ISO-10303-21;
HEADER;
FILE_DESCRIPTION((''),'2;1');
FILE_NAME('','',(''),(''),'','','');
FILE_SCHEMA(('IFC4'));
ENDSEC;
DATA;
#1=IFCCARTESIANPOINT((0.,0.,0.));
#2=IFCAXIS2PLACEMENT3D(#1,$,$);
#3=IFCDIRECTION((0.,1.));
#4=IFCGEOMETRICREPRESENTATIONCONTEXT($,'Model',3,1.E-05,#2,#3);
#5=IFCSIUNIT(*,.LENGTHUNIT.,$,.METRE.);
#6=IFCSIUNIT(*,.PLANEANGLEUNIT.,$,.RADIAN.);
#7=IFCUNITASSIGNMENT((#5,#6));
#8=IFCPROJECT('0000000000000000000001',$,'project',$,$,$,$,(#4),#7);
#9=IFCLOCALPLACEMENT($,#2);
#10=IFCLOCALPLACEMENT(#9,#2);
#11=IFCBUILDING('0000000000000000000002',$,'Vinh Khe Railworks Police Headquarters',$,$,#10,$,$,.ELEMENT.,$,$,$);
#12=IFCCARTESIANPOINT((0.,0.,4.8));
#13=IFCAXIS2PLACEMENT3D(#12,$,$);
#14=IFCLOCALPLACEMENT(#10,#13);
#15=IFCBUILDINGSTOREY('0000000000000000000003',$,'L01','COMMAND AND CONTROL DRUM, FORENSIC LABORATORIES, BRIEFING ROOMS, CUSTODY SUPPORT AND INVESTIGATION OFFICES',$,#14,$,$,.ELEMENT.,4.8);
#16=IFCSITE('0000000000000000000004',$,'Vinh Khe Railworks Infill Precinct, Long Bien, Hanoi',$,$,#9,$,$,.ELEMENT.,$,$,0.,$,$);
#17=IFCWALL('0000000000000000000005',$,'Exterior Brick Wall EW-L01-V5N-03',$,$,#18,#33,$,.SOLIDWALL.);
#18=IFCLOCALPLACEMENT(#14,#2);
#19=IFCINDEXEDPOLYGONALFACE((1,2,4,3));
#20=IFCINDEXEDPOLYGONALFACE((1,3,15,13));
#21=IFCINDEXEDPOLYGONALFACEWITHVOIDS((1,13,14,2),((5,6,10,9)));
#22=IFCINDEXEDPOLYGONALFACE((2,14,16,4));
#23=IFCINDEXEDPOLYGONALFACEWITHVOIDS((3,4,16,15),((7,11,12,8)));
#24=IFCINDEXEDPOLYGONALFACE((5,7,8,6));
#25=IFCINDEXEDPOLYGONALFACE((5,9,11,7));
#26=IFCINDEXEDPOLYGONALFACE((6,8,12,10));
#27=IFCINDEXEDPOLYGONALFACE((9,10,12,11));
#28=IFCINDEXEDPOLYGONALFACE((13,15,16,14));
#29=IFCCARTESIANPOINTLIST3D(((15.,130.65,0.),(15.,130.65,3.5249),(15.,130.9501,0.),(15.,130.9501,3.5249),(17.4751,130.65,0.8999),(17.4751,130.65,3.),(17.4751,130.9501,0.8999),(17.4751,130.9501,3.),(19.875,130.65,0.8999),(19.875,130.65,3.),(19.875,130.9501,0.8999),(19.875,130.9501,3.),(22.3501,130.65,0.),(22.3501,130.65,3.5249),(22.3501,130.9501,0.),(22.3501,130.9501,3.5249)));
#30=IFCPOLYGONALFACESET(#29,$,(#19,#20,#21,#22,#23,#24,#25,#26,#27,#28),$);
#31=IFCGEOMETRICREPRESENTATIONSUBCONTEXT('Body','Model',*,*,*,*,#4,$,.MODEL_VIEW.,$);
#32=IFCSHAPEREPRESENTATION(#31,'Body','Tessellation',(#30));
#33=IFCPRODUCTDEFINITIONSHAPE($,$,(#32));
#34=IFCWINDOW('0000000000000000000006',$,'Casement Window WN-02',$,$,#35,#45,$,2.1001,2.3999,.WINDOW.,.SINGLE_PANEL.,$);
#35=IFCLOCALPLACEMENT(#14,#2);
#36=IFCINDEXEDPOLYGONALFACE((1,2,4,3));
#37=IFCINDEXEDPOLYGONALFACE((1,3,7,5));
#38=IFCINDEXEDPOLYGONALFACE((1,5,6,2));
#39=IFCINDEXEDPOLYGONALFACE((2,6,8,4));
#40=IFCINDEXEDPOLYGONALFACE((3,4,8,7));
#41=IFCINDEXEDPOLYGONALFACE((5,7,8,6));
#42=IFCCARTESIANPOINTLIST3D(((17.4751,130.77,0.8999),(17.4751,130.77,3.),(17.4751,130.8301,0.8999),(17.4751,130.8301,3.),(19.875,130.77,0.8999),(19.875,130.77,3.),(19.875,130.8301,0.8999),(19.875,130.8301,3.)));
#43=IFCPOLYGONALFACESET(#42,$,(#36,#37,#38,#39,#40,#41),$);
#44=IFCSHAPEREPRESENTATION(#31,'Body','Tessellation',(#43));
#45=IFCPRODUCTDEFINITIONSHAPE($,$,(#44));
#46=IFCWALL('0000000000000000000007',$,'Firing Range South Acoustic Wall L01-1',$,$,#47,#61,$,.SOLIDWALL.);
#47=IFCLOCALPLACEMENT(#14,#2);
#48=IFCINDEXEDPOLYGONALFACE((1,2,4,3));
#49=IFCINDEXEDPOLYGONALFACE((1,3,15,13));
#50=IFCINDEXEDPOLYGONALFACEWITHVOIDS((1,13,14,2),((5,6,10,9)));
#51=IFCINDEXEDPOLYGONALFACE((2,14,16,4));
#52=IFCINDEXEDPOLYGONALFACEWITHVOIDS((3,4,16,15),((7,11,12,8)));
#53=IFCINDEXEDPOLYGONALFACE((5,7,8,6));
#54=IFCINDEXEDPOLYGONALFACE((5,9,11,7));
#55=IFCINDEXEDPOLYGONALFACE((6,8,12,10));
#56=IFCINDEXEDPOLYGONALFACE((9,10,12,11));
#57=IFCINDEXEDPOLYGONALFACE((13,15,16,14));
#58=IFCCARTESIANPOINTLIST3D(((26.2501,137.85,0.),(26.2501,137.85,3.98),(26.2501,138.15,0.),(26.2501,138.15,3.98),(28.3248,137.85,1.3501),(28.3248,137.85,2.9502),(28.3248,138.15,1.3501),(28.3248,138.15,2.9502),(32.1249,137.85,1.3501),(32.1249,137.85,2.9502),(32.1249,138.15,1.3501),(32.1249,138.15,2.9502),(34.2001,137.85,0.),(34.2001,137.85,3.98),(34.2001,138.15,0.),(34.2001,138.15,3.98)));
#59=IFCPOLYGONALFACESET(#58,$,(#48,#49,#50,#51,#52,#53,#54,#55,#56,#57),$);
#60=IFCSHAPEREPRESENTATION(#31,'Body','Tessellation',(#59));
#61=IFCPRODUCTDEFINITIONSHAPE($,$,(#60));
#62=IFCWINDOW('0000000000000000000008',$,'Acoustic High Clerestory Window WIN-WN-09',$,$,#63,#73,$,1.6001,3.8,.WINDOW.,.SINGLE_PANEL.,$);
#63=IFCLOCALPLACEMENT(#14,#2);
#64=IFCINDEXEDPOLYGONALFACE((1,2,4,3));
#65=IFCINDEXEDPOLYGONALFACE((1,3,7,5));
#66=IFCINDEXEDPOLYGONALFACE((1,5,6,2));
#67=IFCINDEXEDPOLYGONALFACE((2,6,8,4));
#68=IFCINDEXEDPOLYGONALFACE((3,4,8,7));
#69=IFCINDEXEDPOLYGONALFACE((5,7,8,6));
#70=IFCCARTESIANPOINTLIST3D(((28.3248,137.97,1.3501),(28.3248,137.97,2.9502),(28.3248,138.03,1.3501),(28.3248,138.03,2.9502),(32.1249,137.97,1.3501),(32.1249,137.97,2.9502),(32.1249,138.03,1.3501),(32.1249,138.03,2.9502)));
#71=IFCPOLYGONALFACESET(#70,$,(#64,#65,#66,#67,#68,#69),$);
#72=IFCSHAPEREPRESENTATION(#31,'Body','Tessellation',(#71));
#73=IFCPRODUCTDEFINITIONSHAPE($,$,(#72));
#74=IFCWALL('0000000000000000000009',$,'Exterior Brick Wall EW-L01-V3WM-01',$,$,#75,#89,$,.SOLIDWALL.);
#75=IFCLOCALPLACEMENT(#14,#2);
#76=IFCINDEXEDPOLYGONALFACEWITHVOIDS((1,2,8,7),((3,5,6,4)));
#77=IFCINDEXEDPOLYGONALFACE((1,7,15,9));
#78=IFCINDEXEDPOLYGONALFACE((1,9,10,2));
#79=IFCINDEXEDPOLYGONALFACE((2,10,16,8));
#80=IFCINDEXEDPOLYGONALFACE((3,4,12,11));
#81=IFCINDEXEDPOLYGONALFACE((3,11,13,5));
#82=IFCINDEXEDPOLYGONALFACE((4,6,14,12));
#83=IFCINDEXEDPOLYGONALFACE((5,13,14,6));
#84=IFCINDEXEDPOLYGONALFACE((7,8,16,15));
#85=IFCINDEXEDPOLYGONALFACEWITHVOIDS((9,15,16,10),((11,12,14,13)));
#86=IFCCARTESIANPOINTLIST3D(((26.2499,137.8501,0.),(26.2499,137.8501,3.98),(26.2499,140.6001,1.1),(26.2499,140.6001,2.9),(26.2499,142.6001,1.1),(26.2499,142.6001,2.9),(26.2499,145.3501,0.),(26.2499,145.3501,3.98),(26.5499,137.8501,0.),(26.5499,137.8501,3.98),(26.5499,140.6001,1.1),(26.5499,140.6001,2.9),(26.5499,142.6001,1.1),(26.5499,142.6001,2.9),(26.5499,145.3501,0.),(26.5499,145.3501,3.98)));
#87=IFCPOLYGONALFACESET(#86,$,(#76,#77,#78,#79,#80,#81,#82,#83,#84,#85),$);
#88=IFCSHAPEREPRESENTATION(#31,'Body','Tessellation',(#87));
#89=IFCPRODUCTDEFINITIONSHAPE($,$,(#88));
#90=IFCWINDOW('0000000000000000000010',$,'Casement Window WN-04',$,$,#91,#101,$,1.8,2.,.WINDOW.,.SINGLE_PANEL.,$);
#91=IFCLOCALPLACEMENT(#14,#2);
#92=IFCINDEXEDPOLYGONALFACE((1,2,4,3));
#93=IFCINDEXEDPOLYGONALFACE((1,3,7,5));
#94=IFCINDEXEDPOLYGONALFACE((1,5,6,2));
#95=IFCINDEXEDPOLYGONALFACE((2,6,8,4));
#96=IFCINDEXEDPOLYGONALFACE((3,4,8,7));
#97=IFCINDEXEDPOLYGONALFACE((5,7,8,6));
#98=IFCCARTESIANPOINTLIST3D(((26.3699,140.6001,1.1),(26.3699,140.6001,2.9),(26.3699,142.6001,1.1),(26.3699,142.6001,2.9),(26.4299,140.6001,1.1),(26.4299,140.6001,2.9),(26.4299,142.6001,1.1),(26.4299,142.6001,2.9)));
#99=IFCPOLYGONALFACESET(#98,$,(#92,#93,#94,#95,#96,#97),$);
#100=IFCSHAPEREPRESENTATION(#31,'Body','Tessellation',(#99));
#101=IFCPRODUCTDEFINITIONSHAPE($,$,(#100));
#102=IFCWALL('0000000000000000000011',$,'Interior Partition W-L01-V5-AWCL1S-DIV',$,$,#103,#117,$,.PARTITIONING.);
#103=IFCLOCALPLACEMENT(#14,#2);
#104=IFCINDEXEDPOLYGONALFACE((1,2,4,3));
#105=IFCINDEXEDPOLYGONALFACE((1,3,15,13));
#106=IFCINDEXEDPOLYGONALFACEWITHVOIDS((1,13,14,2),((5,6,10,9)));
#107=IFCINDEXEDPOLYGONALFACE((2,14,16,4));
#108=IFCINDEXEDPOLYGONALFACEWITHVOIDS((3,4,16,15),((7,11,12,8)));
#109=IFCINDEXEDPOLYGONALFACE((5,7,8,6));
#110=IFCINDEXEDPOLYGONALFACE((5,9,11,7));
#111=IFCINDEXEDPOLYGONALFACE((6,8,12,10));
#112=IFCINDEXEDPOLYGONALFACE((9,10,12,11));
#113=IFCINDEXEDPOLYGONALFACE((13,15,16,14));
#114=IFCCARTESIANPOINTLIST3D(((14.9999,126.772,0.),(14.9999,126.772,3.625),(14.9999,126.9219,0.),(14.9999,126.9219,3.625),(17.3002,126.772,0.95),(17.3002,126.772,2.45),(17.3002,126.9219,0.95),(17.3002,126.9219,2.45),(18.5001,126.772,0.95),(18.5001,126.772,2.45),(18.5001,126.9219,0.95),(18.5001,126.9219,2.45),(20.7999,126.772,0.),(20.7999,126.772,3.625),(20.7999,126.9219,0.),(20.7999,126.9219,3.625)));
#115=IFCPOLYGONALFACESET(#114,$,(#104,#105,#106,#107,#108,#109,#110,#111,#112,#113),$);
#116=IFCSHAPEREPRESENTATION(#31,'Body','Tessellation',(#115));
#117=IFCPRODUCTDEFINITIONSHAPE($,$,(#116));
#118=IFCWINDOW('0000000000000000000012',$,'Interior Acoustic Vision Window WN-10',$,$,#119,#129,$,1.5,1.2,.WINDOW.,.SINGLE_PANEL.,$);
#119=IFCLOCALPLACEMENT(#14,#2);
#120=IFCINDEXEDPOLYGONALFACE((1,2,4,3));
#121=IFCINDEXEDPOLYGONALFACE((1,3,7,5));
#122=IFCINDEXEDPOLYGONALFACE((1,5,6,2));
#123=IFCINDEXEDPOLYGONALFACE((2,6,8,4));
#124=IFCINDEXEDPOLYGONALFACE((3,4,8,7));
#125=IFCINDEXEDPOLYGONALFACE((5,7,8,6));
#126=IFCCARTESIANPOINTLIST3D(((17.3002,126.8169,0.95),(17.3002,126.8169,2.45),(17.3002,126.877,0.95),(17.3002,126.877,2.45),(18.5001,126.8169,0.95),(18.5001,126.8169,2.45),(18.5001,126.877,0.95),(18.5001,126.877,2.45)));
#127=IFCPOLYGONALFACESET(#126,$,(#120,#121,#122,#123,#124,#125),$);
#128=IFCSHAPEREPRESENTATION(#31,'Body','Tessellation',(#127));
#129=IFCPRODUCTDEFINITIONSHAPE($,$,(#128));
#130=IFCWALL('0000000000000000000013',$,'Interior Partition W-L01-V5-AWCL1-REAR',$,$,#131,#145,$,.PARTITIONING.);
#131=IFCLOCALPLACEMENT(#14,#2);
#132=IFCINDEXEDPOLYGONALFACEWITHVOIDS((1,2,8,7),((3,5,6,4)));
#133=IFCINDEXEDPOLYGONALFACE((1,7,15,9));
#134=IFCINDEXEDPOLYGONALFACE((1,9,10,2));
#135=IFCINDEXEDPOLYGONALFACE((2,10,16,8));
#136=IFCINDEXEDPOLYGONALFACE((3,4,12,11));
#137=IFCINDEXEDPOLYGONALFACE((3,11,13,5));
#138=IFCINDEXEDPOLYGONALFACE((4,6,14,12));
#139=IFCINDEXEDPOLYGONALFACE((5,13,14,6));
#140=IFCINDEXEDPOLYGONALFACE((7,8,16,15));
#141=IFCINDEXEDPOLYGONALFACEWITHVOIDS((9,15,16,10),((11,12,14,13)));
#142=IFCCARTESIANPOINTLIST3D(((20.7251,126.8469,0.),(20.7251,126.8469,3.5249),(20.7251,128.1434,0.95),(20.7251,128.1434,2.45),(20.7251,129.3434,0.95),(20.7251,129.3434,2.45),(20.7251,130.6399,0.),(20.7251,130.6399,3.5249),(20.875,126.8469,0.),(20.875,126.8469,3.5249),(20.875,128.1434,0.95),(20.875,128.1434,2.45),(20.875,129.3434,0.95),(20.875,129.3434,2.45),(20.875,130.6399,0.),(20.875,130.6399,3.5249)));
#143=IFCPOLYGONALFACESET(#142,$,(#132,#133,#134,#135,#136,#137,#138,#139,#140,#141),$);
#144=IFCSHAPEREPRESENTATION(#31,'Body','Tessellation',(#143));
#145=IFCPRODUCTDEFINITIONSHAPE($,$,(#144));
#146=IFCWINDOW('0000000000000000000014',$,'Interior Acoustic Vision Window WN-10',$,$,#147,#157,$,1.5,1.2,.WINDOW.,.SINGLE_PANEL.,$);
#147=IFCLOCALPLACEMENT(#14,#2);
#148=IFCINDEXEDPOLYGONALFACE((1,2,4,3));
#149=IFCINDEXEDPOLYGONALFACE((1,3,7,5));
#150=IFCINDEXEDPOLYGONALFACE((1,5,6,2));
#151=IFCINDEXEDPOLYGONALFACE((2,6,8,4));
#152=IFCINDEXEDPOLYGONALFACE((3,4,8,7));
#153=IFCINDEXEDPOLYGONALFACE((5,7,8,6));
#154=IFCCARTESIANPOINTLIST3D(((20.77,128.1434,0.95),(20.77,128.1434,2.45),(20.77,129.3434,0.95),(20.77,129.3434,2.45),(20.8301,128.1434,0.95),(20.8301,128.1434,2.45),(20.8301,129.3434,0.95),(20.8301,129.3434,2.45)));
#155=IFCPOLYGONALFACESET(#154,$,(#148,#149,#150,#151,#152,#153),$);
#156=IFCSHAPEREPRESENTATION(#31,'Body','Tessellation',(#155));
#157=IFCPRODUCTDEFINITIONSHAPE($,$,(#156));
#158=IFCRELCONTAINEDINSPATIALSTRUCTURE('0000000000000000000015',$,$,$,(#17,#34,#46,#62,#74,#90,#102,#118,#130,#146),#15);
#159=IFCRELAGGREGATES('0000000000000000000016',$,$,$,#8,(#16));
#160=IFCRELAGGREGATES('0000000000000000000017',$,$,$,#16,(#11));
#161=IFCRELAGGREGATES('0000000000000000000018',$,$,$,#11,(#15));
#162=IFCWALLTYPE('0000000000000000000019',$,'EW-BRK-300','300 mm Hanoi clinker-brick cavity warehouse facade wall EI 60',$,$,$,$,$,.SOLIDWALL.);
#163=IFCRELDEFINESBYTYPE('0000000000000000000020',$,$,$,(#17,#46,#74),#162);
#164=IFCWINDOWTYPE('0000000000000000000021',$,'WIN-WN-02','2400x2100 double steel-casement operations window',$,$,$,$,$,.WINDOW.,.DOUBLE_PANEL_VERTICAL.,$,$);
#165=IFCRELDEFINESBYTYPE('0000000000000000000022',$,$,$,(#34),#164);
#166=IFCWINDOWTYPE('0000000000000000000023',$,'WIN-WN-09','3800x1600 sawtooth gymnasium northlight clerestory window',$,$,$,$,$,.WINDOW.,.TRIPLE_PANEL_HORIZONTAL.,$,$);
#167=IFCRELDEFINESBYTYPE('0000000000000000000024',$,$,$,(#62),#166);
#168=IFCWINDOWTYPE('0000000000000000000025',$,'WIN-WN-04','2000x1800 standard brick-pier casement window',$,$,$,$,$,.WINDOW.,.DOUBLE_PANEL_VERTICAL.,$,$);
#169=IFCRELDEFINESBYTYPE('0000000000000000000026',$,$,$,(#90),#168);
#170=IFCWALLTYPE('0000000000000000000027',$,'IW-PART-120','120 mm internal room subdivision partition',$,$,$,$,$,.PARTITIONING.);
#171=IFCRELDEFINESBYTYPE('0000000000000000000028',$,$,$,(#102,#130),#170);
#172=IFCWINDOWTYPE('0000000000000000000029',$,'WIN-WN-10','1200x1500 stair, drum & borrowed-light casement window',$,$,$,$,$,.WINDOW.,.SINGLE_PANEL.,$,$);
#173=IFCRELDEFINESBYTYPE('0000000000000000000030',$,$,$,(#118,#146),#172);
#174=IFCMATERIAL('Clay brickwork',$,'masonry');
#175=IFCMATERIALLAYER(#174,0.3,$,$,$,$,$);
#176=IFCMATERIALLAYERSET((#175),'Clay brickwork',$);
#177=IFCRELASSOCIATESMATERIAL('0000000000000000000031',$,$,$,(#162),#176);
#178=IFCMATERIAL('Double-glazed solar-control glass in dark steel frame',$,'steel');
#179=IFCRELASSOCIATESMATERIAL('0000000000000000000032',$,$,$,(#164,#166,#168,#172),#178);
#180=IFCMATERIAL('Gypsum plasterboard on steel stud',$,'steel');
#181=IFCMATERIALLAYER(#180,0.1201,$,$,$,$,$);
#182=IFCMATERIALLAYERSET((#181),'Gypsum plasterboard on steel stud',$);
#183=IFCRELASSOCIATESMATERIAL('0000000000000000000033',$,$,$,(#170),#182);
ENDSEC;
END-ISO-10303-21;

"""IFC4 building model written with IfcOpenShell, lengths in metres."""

from ifc_helpers import new_model, si_unit, direction, frame, frame_2d, origin, place, context, subcontext, project, spatial, rectangle, extrude, material, layer, layer_set, type_object, element, fill, save


model = new_model("IFC4")

# Units and contexts
model_context = context("Model", 3, precision=1e-05, world=origin(), true_north=direction((0.0, 1.0)))
body_context = subcontext(model_context, "Body", "Model", "MODEL_VIEW")
ifc_project = project(units=[si_unit("LENGTHUNIT", "METRE"), si_unit("PLANEANGLEUNIT", "RADIAN")], contexts=[model_context])

# Site, building, storey
site_placement = place(None, origin())
site = spatial("IfcSite", under=ifc_project, at=site_placement, Name="Vinh Khe Railworks Infill Precinct, Long Bien, Hanoi", CompositionType="ELEMENT", RefElevation=0.0)
building_placement = place(site_placement, origin())
building = spatial("IfcBuilding", under=site, at=building_placement, Name="Vinh Khe Railworks Police Headquarters", CompositionType="ELEMENT")
storey_placement = place(building_placement, frame((0.0, 0.0, 4.8)))
storey = spatial("IfcBuildingStorey", under=building, at=storey_placement, Name="L01", Description="COMMAND AND CONTROL DRUM, FORENSIC LABORATORIES, BRIEFING ROOMS, CUSTODY SUPPORT AND INVESTIGATION OFFICES", CompositionType="ELEMENT", Elevation=4.8)

# Walls, openings, windows
ifc_material_1 = material(Name="Clay brickwork", Category="masonry")
ifc_layer_1 = layer(ifc_material_1, 0.3)
ifc_layer_set_1 = layer_set([ifc_layer_1], Name="Clay brickwork")
wall_type_1 = type_object("IfcWallType", Name="EW-BRK-300", Description="300 mm Hanoi clinker-brick cavity warehouse facade wall EI 60", PredefinedType="SOLIDWALL", material=ifc_layer_set_1)
wall_1_placement = place(storey_placement, frame((15.0, 130.8, 0.0), z_axis=(0.0, 0.0, 1.0), x_axis=(1.0, 0.0, 0.0)))
wall_1 = element("IfcWall", 1, at=wall_1_placement, inside=storey, type_object=wall_type_1, Name="Exterior Brick Wall EW-L01-V5N-03", PredefinedType="SOLIDWALL", context=body_context, shape_type="SweptSolid", body=[
    extrude(rectangle(XDim=7.3501, YDim=0.3, at=frame_2d((3.675, 0.0))), origin(), (0.0, 0.0, 1.0), 3.5249),
])
opening_1_placement = place(wall_1_placement, frame((2.4751, 0.0, 0.8999)))
opening_1 = element("IfcOpeningElement", 2, at=opening_1_placement, cuts=wall_1, PredefinedType="OPENING", context=body_context, shape_type="SweptSolid", body=[
    extrude(rectangle(XDim=2.3999, YDim=2.1001, at=frame_2d((1.2, 1.05))), frame((0.0, 0.165, 0.0), z_axis=(0.0, -1.0, 0.0), x_axis=(1.0, 0.0, 0.0)), (0.0, 0.0, 1.0), 0.3298),
])
ifc_material_2 = material(Name="Double-glazed solar-control glass in dark steel frame", Category="steel")
window_type_1 = type_object("IfcWindowType", Name="WIN-WN-02", Description="2400x2100 double steel-casement operations window", PartitioningType="DOUBLE_PANEL_VERTICAL", PredefinedType="WINDOW", material=ifc_material_2)
window_1_placement = place(opening_1_placement, origin())
window_1 = element("IfcWindow", 3, at=window_1_placement, inside=storey, type_object=window_type_1, Name="Casement Window WN-02", OverallHeight=2.1001, OverallWidth=2.3999, PartitioningType="SINGLE_PANEL", PredefinedType="WINDOW", context=body_context, shape_type="SweptSolid", body=[
    extrude(rectangle(XDim=2.3999, YDim=2.1001, at=frame_2d((1.2, 1.05))), frame((0.0, 0.03, 0.0), z_axis=(0.0, -1.0, 0.0), x_axis=(1.0, 0.0, 0.0)), (0.0, 0.0, 1.0), 0.0601),
])
fill(opening_1, window_1)
wall_2_placement = place(storey_placement, frame((26.25, 138.0, 0.0), z_axis=(0.0, 0.0, 1.0), x_axis=(1.0, 0.0, 0.0)))
wall_2 = element("IfcWall", 4, at=wall_2_placement, inside=storey, type_object=wall_type_1, Name="Firing Range South Acoustic Wall L01-1", PredefinedType="SOLIDWALL", context=body_context, shape_type="SweptSolid", body=[
    extrude(rectangle(XDim=7.95, YDim=0.3, at=frame_2d((3.9751, 0.0))), origin(), (0.0, 0.0, 1.0), 3.98),
])
opening_2_placement = place(wall_2_placement, frame((2.075, 0.0, 1.3501)))
opening_2 = element("IfcOpeningElement", 5, at=opening_2_placement, cuts=wall_2, PredefinedType="OPENING", context=body_context, shape_type="SweptSolid", body=[
    extrude(rectangle(XDim=3.8, YDim=1.6001, at=frame_2d((1.8999, 0.8))), frame((0.0, 0.165, 0.0), z_axis=(0.0, -1.0, 0.0), x_axis=(1.0, 0.0, 0.0)), (0.0, 0.0, 1.0), 0.3298),
])
window_type_2 = type_object("IfcWindowType", Name="WIN-WN-09", Description="3800x1600 sawtooth gymnasium northlight clerestory window", PartitioningType="TRIPLE_PANEL_HORIZONTAL", PredefinedType="WINDOW", material=ifc_material_2)
window_2_placement = place(opening_2_placement, origin())
window_2 = element("IfcWindow", 6, at=window_2_placement, inside=storey, type_object=window_type_2, Name="Acoustic High Clerestory Window WIN-WN-09", OverallHeight=1.6001, OverallWidth=3.8, PartitioningType="SINGLE_PANEL", PredefinedType="WINDOW", context=body_context, shape_type="SweptSolid", body=[
    extrude(rectangle(XDim=3.8, YDim=1.6001, at=frame_2d((1.8999, 0.8))), frame((0.0, 0.03, 0.0), z_axis=(0.0, -1.0, 0.0), x_axis=(1.0, 0.0, 0.0)), (0.0, 0.0, 1.0), 0.0601),
])
fill(opening_2, window_2)
wall_3_placement = place(storey_placement, frame((26.3999, 137.8501, 0.0), z_axis=(0.0, 0.0, 1.0), x_axis=(0.0, 1.0, 0.0)))
wall_3 = element("IfcWall", 7, at=wall_3_placement, inside=storey, type_object=wall_type_1, Name="Exterior Brick Wall EW-L01-V3WM-01", PredefinedType="SOLIDWALL", context=body_context, shape_type="SweptSolid", body=[
    extrude(rectangle(XDim=7.5, YDim=0.3, at=frame_2d((3.75, 0.0))), origin(), (0.0, 0.0, 1.0), 3.98),
])
opening_3_placement = place(wall_3_placement, frame((2.75, 0.0, 1.1001)))
opening_3 = element("IfcOpeningElement", 8, at=opening_3_placement, cuts=wall_3, PredefinedType="OPENING", context=body_context, shape_type="SweptSolid", body=[
    extrude(rectangle(XDim=2.0, YDim=1.8, at=frame_2d((1.0, 0.8999))), frame((0.0, 0.165, 0.0), z_axis=(0.0, -1.0, 0.0), x_axis=(1.0, 0.0, 0.0)), (0.0, 0.0, 1.0), 0.3298),
])
window_type_3 = type_object("IfcWindowType", Name="WIN-WN-04", Description="2000x1800 standard brick-pier casement window", PartitioningType="DOUBLE_PANEL_VERTICAL", PredefinedType="WINDOW", material=ifc_material_2)
window_3_placement = place(opening_3_placement, origin())
window_3 = element("IfcWindow", 9, at=window_3_placement, inside=storey, type_object=window_type_3, Name="Casement Window WN-04", OverallHeight=1.8, OverallWidth=2.0, PartitioningType="SINGLE_PANEL", PredefinedType="WINDOW", context=body_context, shape_type="SweptSolid", body=[
    extrude(rectangle(XDim=2.0, YDim=1.8, at=frame_2d((1.0, 0.8999))), frame((0.0, 0.03, 0.0), z_axis=(0.0, -1.0, 0.0), x_axis=(1.0, 0.0, 0.0)), (0.0, 0.0, 1.0), 0.0601),
])
fill(opening_3, window_3)
ifc_material_3 = material(Name="Gypsum plasterboard on steel stud", Category="steel")
ifc_layer_2 = layer(ifc_material_3, 0.1201)
ifc_layer_set_2 = layer_set([ifc_layer_2], Name="Gypsum plasterboard on steel stud")
wall_type_2 = type_object("IfcWallType", Name="IW-PART-120", Description="120 mm internal room subdivision partition", PredefinedType="PARTITIONING", material=ifc_layer_set_2)
wall_4_placement = place(storey_placement, frame((15.0, 126.8469, 0.0), z_axis=(0.0, 0.0, 1.0), x_axis=(1.0, 0.0, 0.0)))
wall_4 = element("IfcWall", 10, at=wall_4_placement, inside=storey, type_object=wall_type_2, Name="Interior Partition W-L01-V5-AWCL1S-DIV", PredefinedType="PARTITIONING", context=body_context, shape_type="SweptSolid", body=[
    extrude(rectangle(XDim=5.8, YDim=0.1499, at=frame_2d((2.8999, 0.0))), origin(), (0.0, 0.0, 1.0), 3.625),
])
opening_4_placement = place(wall_4_placement, frame((2.3, 0.0, 0.95)))
opening_4 = element("IfcOpeningElement", 11, at=opening_4_placement, cuts=wall_4, PredefinedType="OPENING", context=body_context, shape_type="SweptSolid", body=[
    extrude(rectangle(XDim=1.2, YDim=1.5, at=frame_2d((0.6001, 0.75))), frame((0.0, 0.0898, 0.0), z_axis=(0.0, -1.0, 0.0), x_axis=(1.0, 0.0, 0.0)), (0.0, 0.0, 1.0), 0.1797),
])
window_type_4 = type_object("IfcWindowType", Name="WIN-WN-10", Description="1200x1500 stair, drum & borrowed-light casement window", PartitioningType="SINGLE_PANEL", PredefinedType="WINDOW", material=ifc_material_2)
window_4_placement = place(opening_4_placement, origin())
window_4 = element("IfcWindow", 12, at=window_4_placement, inside=storey, type_object=window_type_4, Name="Interior Acoustic Vision Window WN-10", OverallHeight=1.5, OverallWidth=1.2, PartitioningType="SINGLE_PANEL", PredefinedType="WINDOW", context=body_context, shape_type="SweptSolid", body=[
    extrude(rectangle(XDim=1.2, YDim=1.5, at=frame_2d((0.6001, 0.75))), frame((0.0, 0.03, 0.0), z_axis=(0.0, -1.0, 0.0), x_axis=(1.0, 0.0, 0.0)), (0.0, 0.0, 1.0), 0.0601),
])
fill(opening_4, window_4)
wall_5_placement = place(storey_placement, frame((20.8, 126.8469, 0.0), z_axis=(0.0, 0.0, 1.0), x_axis=(0.0, 1.0, 0.0)))
wall_5 = element("IfcWall", 13, at=wall_5_placement, inside=storey, type_object=wall_type_2, Name="Interior Partition W-L01-V5-AWCL1-REAR", PredefinedType="PARTITIONING", context=body_context, shape_type="SweptSolid", body=[
    extrude(rectangle(XDim=3.793, YDim=0.1499, at=frame_2d((1.8965, 0.0))), origin(), (0.0, 0.0, 1.0), 3.5249),
])
opening_5_placement = place(wall_5_placement, frame((1.2964, 0.0, 0.95)))
opening_5 = element("IfcOpeningElement", 14, at=opening_5_placement, cuts=wall_5, PredefinedType="OPENING", context=body_context, shape_type="SweptSolid", body=[
    extrude(rectangle(XDim=1.2, YDim=1.5, at=frame_2d((0.6001, 0.75))), frame((0.0, 0.0898, 0.0), z_axis=(0.0, -1.0, 0.0), x_axis=(1.0, 0.0, 0.0)), (0.0, 0.0, 1.0), 0.1797),
])
window_5_placement = place(opening_5_placement, origin())
window_5 = element("IfcWindow", 15, at=window_5_placement, inside=storey, type_object=window_type_4, Name="Interior Acoustic Vision Window WN-10", OverallHeight=1.5, OverallWidth=1.2, PartitioningType="SINGLE_PANEL", PredefinedType="WINDOW", context=body_context, shape_type="SweptSolid", body=[
    extrude(rectangle(XDim=1.2, YDim=1.5, at=frame_2d((0.6001, 0.75))), frame((0.0, 0.03, 0.0), z_axis=(0.0, -1.0, 0.0), x_axis=(1.0, 0.0, 0.0)), (0.0, 0.0, 1.0), 0.0601),
])
fill(opening_5, window_5)

save(model, "model.ifc")
